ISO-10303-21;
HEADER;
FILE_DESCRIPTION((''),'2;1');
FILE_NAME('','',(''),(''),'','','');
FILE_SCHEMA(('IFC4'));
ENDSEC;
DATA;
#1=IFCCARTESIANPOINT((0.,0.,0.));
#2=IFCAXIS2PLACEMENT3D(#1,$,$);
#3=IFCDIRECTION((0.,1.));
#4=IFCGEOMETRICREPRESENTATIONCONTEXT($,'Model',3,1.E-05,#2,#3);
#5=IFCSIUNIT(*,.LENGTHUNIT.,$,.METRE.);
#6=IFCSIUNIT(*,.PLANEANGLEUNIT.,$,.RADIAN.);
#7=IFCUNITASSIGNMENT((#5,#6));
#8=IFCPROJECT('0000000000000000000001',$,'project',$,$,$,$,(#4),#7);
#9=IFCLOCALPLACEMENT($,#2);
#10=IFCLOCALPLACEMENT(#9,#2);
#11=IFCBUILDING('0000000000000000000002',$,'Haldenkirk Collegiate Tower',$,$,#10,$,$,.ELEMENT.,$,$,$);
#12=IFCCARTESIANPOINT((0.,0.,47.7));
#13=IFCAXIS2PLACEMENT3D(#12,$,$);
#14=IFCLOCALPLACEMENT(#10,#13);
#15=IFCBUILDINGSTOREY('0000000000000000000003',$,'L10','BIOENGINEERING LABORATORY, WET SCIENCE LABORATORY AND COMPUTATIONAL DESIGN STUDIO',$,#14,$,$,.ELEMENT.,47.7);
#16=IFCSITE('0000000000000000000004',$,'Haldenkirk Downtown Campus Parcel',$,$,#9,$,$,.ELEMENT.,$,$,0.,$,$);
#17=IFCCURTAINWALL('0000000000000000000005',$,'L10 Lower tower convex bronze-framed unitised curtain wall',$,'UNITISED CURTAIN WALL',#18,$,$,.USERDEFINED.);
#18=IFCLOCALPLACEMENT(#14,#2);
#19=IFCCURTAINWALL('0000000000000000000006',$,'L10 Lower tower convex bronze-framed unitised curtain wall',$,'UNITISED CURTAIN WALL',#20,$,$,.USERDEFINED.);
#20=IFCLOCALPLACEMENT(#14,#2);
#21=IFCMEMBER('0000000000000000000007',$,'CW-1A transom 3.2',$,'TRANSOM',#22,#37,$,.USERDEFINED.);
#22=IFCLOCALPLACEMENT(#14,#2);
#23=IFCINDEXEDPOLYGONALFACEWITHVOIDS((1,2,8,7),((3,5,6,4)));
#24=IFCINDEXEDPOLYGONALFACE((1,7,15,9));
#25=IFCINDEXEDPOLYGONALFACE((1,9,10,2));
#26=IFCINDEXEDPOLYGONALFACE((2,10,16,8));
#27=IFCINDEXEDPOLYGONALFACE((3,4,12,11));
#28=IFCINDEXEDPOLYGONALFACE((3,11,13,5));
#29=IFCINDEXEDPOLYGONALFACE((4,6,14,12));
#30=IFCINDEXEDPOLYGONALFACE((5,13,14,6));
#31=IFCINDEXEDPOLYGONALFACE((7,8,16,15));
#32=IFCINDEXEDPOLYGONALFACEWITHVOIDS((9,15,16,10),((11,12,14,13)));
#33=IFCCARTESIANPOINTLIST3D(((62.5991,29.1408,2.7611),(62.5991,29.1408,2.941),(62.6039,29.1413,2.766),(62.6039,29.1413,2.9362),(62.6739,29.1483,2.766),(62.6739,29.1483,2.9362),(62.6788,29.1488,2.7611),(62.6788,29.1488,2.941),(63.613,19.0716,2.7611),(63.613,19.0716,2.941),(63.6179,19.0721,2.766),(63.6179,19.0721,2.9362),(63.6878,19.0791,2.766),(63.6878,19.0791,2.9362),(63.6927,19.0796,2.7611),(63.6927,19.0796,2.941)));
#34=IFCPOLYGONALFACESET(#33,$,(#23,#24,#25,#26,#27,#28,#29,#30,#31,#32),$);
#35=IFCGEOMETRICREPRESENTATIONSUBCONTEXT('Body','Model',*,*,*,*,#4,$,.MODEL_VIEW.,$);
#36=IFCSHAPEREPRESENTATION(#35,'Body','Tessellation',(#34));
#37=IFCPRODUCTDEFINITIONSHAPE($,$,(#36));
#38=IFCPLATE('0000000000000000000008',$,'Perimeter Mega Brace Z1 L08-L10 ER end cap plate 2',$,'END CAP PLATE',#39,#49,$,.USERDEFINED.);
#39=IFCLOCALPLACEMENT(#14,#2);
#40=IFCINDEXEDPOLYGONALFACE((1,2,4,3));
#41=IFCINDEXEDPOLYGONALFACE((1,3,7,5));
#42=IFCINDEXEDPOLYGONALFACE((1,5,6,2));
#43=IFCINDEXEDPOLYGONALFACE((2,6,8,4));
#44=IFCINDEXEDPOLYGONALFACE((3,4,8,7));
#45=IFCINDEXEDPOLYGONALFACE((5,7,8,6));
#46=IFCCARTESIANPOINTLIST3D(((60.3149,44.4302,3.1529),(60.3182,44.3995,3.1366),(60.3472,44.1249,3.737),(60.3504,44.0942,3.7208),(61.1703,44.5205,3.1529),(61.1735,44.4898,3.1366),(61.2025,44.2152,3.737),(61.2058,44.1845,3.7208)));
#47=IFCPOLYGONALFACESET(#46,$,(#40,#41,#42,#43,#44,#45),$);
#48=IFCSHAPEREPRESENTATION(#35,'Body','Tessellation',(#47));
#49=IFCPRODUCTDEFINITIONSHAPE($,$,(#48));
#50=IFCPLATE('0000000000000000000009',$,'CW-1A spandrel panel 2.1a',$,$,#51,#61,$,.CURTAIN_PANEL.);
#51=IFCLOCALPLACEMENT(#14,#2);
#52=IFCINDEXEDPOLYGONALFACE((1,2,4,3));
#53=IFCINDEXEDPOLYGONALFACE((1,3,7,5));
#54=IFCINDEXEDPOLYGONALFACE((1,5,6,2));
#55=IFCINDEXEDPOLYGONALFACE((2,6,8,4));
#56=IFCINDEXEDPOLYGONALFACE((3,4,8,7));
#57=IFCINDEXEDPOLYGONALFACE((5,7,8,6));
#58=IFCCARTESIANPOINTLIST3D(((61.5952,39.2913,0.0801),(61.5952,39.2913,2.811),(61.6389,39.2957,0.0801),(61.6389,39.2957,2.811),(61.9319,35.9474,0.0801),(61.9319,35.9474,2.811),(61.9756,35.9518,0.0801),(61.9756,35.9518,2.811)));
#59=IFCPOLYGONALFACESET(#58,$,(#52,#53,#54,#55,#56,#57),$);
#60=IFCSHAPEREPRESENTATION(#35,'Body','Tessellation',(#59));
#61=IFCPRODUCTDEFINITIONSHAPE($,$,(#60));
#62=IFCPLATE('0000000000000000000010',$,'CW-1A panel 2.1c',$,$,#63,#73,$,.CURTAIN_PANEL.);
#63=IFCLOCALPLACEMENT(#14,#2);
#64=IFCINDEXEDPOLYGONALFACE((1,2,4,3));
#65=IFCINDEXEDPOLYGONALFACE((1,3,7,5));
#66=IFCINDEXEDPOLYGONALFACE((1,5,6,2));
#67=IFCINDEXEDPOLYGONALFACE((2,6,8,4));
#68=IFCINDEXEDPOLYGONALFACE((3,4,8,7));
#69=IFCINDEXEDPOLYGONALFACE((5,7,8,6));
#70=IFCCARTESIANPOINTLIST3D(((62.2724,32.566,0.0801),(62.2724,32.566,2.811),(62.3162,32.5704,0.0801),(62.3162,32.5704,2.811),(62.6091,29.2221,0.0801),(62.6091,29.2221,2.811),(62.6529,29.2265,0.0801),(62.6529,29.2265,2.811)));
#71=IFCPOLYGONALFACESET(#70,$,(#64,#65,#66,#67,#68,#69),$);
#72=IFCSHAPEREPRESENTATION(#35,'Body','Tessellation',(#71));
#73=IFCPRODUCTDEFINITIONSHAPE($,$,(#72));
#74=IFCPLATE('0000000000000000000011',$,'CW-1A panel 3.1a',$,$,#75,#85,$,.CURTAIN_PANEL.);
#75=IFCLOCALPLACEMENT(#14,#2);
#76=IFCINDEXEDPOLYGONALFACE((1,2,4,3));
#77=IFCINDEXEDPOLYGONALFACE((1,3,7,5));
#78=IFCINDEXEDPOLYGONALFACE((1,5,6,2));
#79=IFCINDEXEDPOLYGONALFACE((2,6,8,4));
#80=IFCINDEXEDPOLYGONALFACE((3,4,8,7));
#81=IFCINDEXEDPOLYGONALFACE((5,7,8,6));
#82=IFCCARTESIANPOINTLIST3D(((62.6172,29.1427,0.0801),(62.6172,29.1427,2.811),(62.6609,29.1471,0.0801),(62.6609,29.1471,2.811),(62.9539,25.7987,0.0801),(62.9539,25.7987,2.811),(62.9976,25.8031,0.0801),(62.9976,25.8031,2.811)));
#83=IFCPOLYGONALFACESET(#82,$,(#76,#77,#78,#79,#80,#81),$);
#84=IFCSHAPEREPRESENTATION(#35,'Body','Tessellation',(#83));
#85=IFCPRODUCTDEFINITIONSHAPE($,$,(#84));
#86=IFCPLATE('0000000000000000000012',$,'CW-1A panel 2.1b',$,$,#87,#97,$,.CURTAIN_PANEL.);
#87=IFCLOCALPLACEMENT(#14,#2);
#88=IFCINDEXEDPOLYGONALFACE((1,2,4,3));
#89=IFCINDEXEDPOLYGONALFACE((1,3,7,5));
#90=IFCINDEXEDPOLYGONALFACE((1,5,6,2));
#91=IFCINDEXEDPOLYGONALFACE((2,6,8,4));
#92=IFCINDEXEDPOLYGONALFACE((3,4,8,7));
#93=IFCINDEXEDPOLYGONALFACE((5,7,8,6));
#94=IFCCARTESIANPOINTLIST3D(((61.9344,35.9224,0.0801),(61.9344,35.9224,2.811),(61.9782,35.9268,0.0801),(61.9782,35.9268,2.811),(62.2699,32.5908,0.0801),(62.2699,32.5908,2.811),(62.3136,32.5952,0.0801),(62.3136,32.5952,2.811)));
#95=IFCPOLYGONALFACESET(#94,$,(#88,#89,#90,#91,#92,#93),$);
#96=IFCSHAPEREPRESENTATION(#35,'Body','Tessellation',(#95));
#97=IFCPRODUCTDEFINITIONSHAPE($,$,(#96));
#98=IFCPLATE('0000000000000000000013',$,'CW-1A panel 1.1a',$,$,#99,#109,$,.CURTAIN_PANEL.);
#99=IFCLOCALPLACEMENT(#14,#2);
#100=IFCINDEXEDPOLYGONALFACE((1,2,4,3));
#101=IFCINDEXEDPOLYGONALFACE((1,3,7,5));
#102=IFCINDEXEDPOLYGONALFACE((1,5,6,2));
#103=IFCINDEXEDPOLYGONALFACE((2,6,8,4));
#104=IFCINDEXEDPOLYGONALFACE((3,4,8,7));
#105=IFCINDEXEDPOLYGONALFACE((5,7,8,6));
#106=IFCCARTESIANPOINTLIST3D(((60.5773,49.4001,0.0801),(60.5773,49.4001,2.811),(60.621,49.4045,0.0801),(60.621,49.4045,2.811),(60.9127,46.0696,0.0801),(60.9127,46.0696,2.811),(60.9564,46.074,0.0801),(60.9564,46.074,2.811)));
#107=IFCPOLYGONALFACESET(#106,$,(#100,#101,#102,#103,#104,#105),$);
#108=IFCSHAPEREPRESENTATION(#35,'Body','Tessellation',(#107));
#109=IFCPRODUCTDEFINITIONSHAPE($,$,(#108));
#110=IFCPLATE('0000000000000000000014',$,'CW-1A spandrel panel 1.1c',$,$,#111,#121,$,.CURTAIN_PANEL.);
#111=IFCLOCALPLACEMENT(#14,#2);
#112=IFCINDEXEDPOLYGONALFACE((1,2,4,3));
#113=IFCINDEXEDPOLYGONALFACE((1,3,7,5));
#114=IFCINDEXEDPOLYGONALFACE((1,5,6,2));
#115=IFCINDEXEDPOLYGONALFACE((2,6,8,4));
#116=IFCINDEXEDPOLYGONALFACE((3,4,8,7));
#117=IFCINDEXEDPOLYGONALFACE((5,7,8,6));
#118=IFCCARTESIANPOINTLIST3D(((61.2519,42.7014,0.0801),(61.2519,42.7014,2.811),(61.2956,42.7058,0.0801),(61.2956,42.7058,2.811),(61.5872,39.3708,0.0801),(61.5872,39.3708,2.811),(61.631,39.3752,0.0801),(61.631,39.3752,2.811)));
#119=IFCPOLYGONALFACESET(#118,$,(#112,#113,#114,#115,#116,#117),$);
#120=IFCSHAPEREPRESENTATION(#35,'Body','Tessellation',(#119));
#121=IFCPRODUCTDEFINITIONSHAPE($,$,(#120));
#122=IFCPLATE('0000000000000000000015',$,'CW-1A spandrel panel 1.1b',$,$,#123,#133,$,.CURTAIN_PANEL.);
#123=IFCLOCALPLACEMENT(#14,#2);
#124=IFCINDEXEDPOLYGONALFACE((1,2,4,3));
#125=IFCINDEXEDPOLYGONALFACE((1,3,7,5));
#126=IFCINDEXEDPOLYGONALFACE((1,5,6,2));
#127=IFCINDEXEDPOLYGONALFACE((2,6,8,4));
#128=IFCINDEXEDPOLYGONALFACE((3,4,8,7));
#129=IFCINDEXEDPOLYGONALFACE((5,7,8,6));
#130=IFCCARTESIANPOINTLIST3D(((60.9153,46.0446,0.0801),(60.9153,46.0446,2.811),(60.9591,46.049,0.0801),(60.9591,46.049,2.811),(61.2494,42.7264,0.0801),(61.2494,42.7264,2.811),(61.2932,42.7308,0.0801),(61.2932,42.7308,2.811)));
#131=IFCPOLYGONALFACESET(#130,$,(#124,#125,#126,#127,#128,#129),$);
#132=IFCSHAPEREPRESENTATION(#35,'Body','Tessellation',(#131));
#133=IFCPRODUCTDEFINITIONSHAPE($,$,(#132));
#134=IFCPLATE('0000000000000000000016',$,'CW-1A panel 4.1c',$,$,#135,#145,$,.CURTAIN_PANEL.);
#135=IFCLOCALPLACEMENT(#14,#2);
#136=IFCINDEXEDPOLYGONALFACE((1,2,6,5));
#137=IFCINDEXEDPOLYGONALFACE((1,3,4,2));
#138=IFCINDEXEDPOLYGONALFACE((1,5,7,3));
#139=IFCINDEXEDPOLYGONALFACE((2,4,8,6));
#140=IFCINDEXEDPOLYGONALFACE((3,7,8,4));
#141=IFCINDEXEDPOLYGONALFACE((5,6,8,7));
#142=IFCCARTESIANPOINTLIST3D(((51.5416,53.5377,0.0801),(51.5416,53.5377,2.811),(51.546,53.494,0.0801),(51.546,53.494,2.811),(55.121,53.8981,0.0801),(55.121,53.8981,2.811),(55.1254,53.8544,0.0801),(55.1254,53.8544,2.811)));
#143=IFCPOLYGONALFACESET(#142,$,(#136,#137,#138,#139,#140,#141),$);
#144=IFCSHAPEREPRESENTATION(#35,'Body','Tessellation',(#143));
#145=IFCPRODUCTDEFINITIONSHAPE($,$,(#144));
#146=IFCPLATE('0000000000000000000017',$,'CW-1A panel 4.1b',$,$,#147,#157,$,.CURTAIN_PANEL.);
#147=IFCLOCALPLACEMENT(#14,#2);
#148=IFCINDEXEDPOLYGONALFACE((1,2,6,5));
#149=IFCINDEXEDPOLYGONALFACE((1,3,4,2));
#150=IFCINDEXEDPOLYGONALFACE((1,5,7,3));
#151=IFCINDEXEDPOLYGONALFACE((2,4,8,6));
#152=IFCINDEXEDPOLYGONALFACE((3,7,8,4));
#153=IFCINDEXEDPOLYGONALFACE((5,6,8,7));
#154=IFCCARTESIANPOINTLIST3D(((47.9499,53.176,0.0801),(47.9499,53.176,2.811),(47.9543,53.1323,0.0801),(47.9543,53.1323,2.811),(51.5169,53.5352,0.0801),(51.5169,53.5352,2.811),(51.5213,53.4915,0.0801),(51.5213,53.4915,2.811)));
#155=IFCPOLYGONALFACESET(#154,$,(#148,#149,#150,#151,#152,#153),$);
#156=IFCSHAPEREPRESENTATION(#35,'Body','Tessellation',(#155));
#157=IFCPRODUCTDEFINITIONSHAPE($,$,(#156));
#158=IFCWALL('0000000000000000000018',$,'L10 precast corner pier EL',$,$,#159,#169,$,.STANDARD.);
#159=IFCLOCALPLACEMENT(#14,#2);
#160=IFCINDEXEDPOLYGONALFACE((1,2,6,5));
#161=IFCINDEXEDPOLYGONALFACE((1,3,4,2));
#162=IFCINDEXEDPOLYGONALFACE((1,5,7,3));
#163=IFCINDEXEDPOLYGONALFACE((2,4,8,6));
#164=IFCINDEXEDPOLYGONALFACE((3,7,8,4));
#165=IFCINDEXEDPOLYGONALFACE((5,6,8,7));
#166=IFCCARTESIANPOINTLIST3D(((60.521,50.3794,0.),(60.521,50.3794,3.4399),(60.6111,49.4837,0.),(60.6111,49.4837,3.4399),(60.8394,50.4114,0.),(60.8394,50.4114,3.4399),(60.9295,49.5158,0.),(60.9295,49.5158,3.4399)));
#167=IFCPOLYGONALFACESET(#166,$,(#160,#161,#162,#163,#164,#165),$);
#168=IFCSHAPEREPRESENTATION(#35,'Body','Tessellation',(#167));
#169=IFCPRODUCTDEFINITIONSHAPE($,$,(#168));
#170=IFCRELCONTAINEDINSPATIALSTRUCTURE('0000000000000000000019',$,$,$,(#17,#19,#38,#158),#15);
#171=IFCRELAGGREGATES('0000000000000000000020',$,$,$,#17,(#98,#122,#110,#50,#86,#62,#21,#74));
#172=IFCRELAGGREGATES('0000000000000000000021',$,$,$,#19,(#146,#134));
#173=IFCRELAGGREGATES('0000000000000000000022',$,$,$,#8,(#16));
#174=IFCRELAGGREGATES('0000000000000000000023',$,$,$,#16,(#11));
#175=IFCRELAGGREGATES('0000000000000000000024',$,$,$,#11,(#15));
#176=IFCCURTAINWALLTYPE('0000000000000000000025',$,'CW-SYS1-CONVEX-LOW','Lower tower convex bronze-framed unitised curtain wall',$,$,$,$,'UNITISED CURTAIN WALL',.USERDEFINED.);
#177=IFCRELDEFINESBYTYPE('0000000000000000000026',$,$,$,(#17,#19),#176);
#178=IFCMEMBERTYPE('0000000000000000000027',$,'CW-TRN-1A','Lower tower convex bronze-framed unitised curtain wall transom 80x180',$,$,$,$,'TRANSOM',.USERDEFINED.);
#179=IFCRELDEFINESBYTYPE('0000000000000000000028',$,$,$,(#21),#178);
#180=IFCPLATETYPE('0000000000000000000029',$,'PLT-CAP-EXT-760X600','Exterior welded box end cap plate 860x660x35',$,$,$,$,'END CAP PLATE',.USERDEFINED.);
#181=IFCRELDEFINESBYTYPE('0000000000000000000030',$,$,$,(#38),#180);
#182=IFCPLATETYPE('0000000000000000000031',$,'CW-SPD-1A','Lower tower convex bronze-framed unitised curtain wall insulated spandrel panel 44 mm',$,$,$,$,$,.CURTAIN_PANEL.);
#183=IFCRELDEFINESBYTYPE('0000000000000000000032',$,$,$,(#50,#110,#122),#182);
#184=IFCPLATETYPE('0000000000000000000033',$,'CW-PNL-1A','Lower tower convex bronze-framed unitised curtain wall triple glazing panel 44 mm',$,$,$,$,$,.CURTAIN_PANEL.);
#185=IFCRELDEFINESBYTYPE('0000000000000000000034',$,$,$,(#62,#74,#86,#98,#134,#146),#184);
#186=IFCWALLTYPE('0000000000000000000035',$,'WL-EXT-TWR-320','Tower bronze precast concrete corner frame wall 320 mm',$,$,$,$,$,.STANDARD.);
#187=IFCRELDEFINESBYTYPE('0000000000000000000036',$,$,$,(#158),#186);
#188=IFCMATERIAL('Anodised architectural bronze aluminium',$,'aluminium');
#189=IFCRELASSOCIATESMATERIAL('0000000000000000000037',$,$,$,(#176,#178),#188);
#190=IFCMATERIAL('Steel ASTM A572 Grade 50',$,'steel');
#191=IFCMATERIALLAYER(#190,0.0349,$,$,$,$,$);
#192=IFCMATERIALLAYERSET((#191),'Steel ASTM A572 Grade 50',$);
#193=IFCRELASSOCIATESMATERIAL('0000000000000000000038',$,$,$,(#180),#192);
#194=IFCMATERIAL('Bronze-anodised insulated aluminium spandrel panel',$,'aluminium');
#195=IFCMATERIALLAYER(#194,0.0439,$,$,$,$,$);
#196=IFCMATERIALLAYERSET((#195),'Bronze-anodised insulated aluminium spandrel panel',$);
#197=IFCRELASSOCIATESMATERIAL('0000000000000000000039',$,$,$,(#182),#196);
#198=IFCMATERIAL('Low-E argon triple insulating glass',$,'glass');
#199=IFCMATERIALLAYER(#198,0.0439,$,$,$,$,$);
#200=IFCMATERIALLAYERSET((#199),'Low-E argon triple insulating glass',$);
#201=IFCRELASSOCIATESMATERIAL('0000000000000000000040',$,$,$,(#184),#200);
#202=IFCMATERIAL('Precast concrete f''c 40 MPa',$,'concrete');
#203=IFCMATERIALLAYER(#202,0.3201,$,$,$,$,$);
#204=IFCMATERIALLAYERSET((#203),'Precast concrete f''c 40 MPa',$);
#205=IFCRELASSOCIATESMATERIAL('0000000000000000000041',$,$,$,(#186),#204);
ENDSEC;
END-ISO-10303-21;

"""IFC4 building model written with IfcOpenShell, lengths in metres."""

from ifc_helpers import new_model, si_unit, direction, frame, frame_2d, origin, origin_2d, place, context, subcontext, project, spatial, rectangle, hollow_rectangle, extrude, source, transform, mapped, material, layer, layer_set, material_profile, profile_set, type_object, element, aggregate, save


model = new_model("IFC4")

# Units and contexts
model_context = context("Model", 3, precision=1e-05, world=origin(), true_north=direction((0.0, 1.0)))
body_context = subcontext(model_context, "Body", "Model", "MODEL_VIEW")
ifc_project = project(units=[si_unit("LENGTHUNIT", "METRE"), si_unit("PLANEANGLEUNIT", "RADIAN")], contexts=[model_context])

# Site, building, storey
site_placement = place(None, origin())
site = spatial("IfcSite", under=ifc_project, at=site_placement, Name="Haldenkirk Downtown Campus Parcel", CompositionType="ELEMENT", RefElevation=0.0)
building_placement = place(site_placement, origin())
building = spatial("IfcBuilding", under=site, at=building_placement, Name="Haldenkirk Collegiate Tower", CompositionType="ELEMENT")
storey_placement = place(building_placement, frame((0.0, 0.0, 47.7)))
storey = spatial("IfcBuildingStorey", under=building, at=storey_placement, Name="L10", Description="BIOENGINEERING LABORATORY, WET SCIENCE LABORATORY AND COMPUTATIONAL DESIGN STUDIO", CompositionType="ELEMENT", Elevation=47.7)

# Shared definitions
ifc_material_1 = material(Name="Steel ASTM A572 Grade 50", Category="steel")

# Curtain wall
ifc_material_2 = material(Name="Anodised architectural bronze aluminium", Category="aluminium")
curtain_wall_type = type_object("IfcCurtainWallType", Name="CW-SYS1-CONVEX-LOW", Description="Lower tower convex bronze-framed unitised curtain wall", ElementType="UNITISED CURTAIN WALL", PredefinedType="USERDEFINED", material=ifc_material_2)
curtain_wall_1_placement = place(storey_placement, origin())
curtain_wall_1 = element("IfcCurtainWall", 1, at=curtain_wall_1_placement, inside=storey, type_object=curtain_wall_type, Name="L10 Lower tower convex bronze-framed unitised curtain wall", ObjectType="UNITISED CURTAIN WALL", PredefinedType="USERDEFINED")

# Curtain wall
curtain_wall_2_placement = place(storey_placement, origin())
curtain_wall_2 = element("IfcCurtainWall", 2, at=curtain_wall_2_placement, inside=storey, type_object=curtain_wall_type, Name="L10 Lower tower convex bronze-framed unitised curtain wall", ObjectType="UNITISED CURTAIN WALL", PredefinedType="USERDEFINED")

# Member
ifc_material_profile_1 = material_profile(ifc_material_2, hollow_rectangle(XDim=0.0801, YDim=0.1799, WallThickness=0.0049, at=origin_2d()), Name="CW-TRN-1A")
ifc_profile_set_1 = profile_set([ifc_material_profile_1], Name="Anodised architectural bronze aluminium")
member_type_1 = type_object("IfcMemberType", Name="CW-TRN-1A", Description="Lower tower convex bronze-framed unitised curtain wall transom 80x180", ElementType="TRANSOM", PredefinedType="USERDEFINED", material=ifc_profile_set_1)
member_1_placement = place(storey_placement, frame((62.6389, 29.1448, 2.8511), z_axis=(0.100189, -0.994968, 0.0), x_axis=(0.994968, 0.100189, 0.0)))
member_1 = element("IfcMember", 3, at=member_1_placement, type_object=member_type_1, Name="CW-1A transom 3.2", ObjectType="TRANSOM", PredefinedType="USERDEFINED", context=body_context, shape_type="SweptSolid", body=[
    extrude(hollow_rectangle(XDim=0.0801, YDim=0.1799, WallThickness=0.0049, at=origin_2d()), origin(), (0.0, 0.0, 1.0), 10.1201),
])

# Plates
ifc_layer_1 = layer(ifc_material_1, 0.0349)
ifc_layer_set_1 = layer_set([ifc_layer_1], Name="Steel ASTM A572 Grade 50")
plate_type_1 = type_object("IfcPlateType", Name="PLT-CAP-EXT-760X600", Description="Exterior welded box end cap plate 860x660x35", ElementType="END CAP PLATE", PredefinedType="USERDEFINED", material=ifc_layer_set_1)
shared_shape_1 = source(origin(), body_context, "Body", "SweptSolid", [
    extrude(rectangle(XDim=0.8601, YDim=0.6599, at=origin_2d()), origin(), (0.0, 0.0, 1.0), 0.0349),
])
plate_1_placement = place(storey_placement, frame((60.762, 44.292, 3.4287), z_axis=(-0.092944, 0.880316, 0.465194), x_axis=(-0.994473, -0.104997, 0.0)))
element("IfcPlate", 4, at=plate_1_placement, inside=storey, type_object=plate_type_1, Name="Perimeter Mega Brace Z1 L08-L10 ER end cap plate 2", ObjectType="END CAP PLATE", PredefinedType="USERDEFINED", context=body_context, shape_type="MappedRepresentation", body=[
    mapped(shared_shape_1, transform((0.0, 0.0, 0.0), x_axis=(1.0, 0.0, 0.0), y_axis=(0.0, 1.0, 0.0), z_axis=(0.0, 0.0, 1.0), scale=1.0)),
])
ifc_material_3 = material(Name="Bronze-anodised insulated aluminium spandrel panel", Category="aluminium")
ifc_layer_2 = layer(ifc_material_3, 0.0439)
ifc_layer_set_2 = layer_set([ifc_layer_2], Name="Bronze-anodised insulated aluminium spandrel panel")
plate_type_2 = type_object("IfcPlateType", Name="CW-SPD-1A", Description="Lower tower convex bronze-framed unitised curtain wall insulated spandrel panel 44 mm", PredefinedType="CURTAIN_PANEL", material=ifc_layer_set_2)
shared_shape_2 = source(origin(), body_context, "Body", "SweptSolid", [
    extrude(rectangle(XDim=3.3608, YDim=0.0439, at=origin_2d()), origin(), (0.0, 0.0, 1.0), 2.731),
])
plate_2_placement = place(storey_placement, frame((61.7854, 37.6216, 0.0801), z_axis=(0.0, 0.0, 1.0), x_axis=(0.100186, -0.994969, 0.0)))
plate_2 = element("IfcPlate", 5, at=plate_2_placement, type_object=plate_type_2, Name="CW-1A spandrel panel 2.1a", PredefinedType="CURTAIN_PANEL", context=body_context, shape_type="MappedRepresentation", body=[
    mapped(shared_shape_2, transform((0.0, 0.0, 0.0), x_axis=(1.0, 0.0, 0.0), y_axis=(0.0, 1.0, 0.0), z_axis=(0.0, 0.0, 1.0), scale=1.0)),
])
ifc_material_4 = material(Name="Low-E argon triple insulating glass", Category="glass")
ifc_layer_3 = layer(ifc_material_4, 0.0439)
ifc_layer_set_3 = layer_set([ifc_layer_3], Name="Low-E argon triple insulating glass")
plate_type_3 = type_object("IfcPlateType", Name="CW-PNL-1A", Description="Lower tower convex bronze-framed unitised curtain wall triple glazing panel 44 mm", PredefinedType="CURTAIN_PANEL", material=ifc_layer_set_3)
plate_3_placement = place(storey_placement, frame((62.4626, 30.8962, 0.0801), z_axis=(0.0, 0.0, 1.0), x_axis=(0.100186, -0.994969, 0.0)))
plate_3 = element("IfcPlate", 6, at=plate_3_placement, type_object=plate_type_3, Name="CW-1A panel 2.1c", PredefinedType="CURTAIN_PANEL", context=body_context, shape_type="MappedRepresentation", body=[
    mapped(shared_shape_2, transform((0.0, 0.0, 0.0), x_axis=(1.0, 0.0, 0.0), y_axis=(0.0, 1.0, 0.0), z_axis=(0.0, 0.0, 1.0), scale=1.0)),
])
plate_4_placement = place(storey_placement, frame((62.8074, 27.4729, 0.0801), z_axis=(0.0, 0.0, 1.0), x_axis=(0.100186, -0.994969, 0.0)))
plate_4 = element("IfcPlate", 7, at=plate_4_placement, type_object=plate_type_3, Name="CW-1A panel 3.1a", PredefinedType="CURTAIN_PANEL", context=body_context, shape_type="MappedRepresentation", body=[
    mapped(shared_shape_2, transform((0.0, 0.0, 0.0), x_axis=(1.0, 0.0, 0.0), y_axis=(0.0, 1.0, 0.0), z_axis=(0.0, 0.0, 1.0), scale=1.0)),
])
shared_shape_3 = source(origin(), body_context, "Body", "SweptSolid", [
    extrude(rectangle(XDim=3.3484, YDim=0.0439, at=origin_2d()), origin(), (0.0, 0.0, 1.0), 2.731),
])
plate_5_placement = place(storey_placement, frame((62.124, 34.2588, 0.0801), z_axis=(0.0, 0.0, 1.0), x_axis=(0.100186, -0.994969, 0.0)))
plate_5 = element("IfcPlate", 8, at=plate_5_placement, type_object=plate_type_3, Name="CW-1A panel 2.1b", PredefinedType="CURTAIN_PANEL", context=body_context, shape_type="MappedRepresentation", body=[
    mapped(shared_shape_3, transform((0.0, 0.0, 0.0), x_axis=(1.0, 0.0, 0.0), y_axis=(0.0, 1.0, 0.0), z_axis=(0.0, 0.0, 1.0), scale=1.0)),
])
shared_shape_4 = source(origin(), body_context, "Body", "SweptSolid", [
    extrude(rectangle(XDim=3.3474, YDim=0.0439, at=origin_2d()), origin(), (0.0, 0.0, 1.0), 2.731),
])
plate_6_placement = place(storey_placement, frame((60.7668, 47.7371, 0.0801), z_axis=(0.0, 0.0, 1.0), x_axis=(0.100186, -0.994969, 0.0)))
plate_6 = element("IfcPlate", 9, at=plate_6_placement, type_object=plate_type_3, Name="CW-1A panel 1.1a", PredefinedType="CURTAIN_PANEL", context=body_context, shape_type="MappedRepresentation", body=[
    mapped(shared_shape_4, transform((0.0, 0.0, 0.0), x_axis=(1.0, 0.0, 0.0), y_axis=(0.0, 1.0, 0.0), z_axis=(0.0, 0.0, 1.0), scale=1.0)),
])
plate_7_placement = place(storey_placement, frame((61.4414, 41.0383, 0.0801), z_axis=(0.0, 0.0, 1.0), x_axis=(0.100186, -0.994969, 0.0)))
plate_7 = element("IfcPlate", 10, at=plate_7_placement, type_object=plate_type_2, Name="CW-1A spandrel panel 1.1c", PredefinedType="CURTAIN_PANEL", context=body_context, shape_type="MappedRepresentation", body=[
    mapped(shared_shape_4, transform((0.0, 0.0, 0.0), x_axis=(1.0, 0.0, 0.0), y_axis=(0.0, 1.0, 0.0), z_axis=(0.0, 0.0, 1.0), scale=1.0)),
])
shared_shape_5 = source(origin(), body_context, "Body", "SweptSolid", [
    extrude(rectangle(XDim=3.335, YDim=0.0439, at=origin_2d()), origin(), (0.0, 0.0, 1.0), 2.731),
])
plate_8_placement = place(storey_placement, frame((61.1042, 44.3877, 0.0801), z_axis=(0.0, 0.0, 1.0), x_axis=(0.100186, -0.994969, 0.0)))
plate_8 = element("IfcPlate", 11, at=plate_8_placement, type_object=plate_type_2, Name="CW-1A spandrel panel 1.1b", PredefinedType="CURTAIN_PANEL", context=body_context, shape_type="MappedRepresentation", body=[
    mapped(shared_shape_5, transform((0.0, 0.0, 0.0), x_axis=(1.0, 0.0, 0.0), y_axis=(0.0, 1.0, 0.0), z_axis=(0.0, 0.0, 1.0), scale=1.0)),
])
aggregate(curtain_wall_1, [plate_6, plate_8, plate_7, plate_2, plate_5, plate_3, member_1, plate_4])
shared_shape_6 = source(origin(), body_context, "Body", "SweptSolid", [
    extrude(rectangle(XDim=3.5974, YDim=0.0439, at=origin_2d()), origin(), (0.0, 0.0, 1.0), 2.731),
])
plate_9_placement = place(storey_placement, frame((53.3335, 53.696, 0.0801), z_axis=(0.0, 0.0, 1.0), x_axis=(0.994969, 0.100187, 0.0)))
plate_9 = element("IfcPlate", 12, at=plate_9_placement, type_object=plate_type_3, Name="CW-1A panel 4.1c", PredefinedType="CURTAIN_PANEL", context=body_context, shape_type="MappedRepresentation", body=[
    mapped(shared_shape_6, transform((0.0, 0.0, 0.0), x_axis=(1.0, 0.0, 0.0), y_axis=(0.0, 1.0, 0.0), z_axis=(0.0, 0.0, 1.0), scale=1.0)),
])
shared_shape_7 = source(origin(), body_context, "Body", "SweptSolid", [
    extrude(rectangle(XDim=3.585, YDim=0.0439, at=origin_2d()), origin(), (0.0, 0.0, 1.0), 2.731),
])
plate_10_placement = place(storey_placement, frame((49.7356, 53.3337, 0.0801), z_axis=(0.0, 0.0, 1.0), x_axis=(0.994969, 0.100187, 0.0)))
plate_10 = element("IfcPlate", 13, at=plate_10_placement, type_object=plate_type_3, Name="CW-1A panel 4.1b", PredefinedType="CURTAIN_PANEL", context=body_context, shape_type="MappedRepresentation", body=[
    mapped(shared_shape_7, transform((0.0, 0.0, 0.0), x_axis=(1.0, 0.0, 0.0), y_axis=(0.0, 1.0, 0.0), z_axis=(0.0, 0.0, 1.0), scale=1.0)),
])
aggregate(curtain_wall_2, [plate_10, plate_9])

# Wall
ifc_material_5 = material(Name="Precast concrete f'c 40 MPa", Category="concrete")
ifc_layer_4 = layer(ifc_material_5, 0.3201)
ifc_layer_set_4 = layer_set([ifc_layer_4], Name="Precast concrete f'c 40 MPa")
wall_type_1 = type_object("IfcWallType", Name="WL-EXT-TWR-320", Description="Tower bronze precast concrete corner frame wall 320 mm", PredefinedType="STANDARD", material=ifc_layer_set_4)
wall_1_placement = place(storey_placement, frame((60.6802, 50.3955, 0.0), z_axis=(0.0, 0.0, 1.0), x_axis=(0.100095, -0.994978, 0.0)))
element("IfcWall", 14, at=wall_1_placement, inside=storey, type_object=wall_type_1, Name="L10 precast corner pier EL", PredefinedType="STANDARD", context=body_context, shape_type="SweptSolid", body=[
    extrude(rectangle(XDim=0.9001, YDim=0.3201, at=frame_2d((0.4502, 0.0))), origin(), (0.0, 0.0, 1.0), 3.4399),
])

save(model, "model.ifc")
